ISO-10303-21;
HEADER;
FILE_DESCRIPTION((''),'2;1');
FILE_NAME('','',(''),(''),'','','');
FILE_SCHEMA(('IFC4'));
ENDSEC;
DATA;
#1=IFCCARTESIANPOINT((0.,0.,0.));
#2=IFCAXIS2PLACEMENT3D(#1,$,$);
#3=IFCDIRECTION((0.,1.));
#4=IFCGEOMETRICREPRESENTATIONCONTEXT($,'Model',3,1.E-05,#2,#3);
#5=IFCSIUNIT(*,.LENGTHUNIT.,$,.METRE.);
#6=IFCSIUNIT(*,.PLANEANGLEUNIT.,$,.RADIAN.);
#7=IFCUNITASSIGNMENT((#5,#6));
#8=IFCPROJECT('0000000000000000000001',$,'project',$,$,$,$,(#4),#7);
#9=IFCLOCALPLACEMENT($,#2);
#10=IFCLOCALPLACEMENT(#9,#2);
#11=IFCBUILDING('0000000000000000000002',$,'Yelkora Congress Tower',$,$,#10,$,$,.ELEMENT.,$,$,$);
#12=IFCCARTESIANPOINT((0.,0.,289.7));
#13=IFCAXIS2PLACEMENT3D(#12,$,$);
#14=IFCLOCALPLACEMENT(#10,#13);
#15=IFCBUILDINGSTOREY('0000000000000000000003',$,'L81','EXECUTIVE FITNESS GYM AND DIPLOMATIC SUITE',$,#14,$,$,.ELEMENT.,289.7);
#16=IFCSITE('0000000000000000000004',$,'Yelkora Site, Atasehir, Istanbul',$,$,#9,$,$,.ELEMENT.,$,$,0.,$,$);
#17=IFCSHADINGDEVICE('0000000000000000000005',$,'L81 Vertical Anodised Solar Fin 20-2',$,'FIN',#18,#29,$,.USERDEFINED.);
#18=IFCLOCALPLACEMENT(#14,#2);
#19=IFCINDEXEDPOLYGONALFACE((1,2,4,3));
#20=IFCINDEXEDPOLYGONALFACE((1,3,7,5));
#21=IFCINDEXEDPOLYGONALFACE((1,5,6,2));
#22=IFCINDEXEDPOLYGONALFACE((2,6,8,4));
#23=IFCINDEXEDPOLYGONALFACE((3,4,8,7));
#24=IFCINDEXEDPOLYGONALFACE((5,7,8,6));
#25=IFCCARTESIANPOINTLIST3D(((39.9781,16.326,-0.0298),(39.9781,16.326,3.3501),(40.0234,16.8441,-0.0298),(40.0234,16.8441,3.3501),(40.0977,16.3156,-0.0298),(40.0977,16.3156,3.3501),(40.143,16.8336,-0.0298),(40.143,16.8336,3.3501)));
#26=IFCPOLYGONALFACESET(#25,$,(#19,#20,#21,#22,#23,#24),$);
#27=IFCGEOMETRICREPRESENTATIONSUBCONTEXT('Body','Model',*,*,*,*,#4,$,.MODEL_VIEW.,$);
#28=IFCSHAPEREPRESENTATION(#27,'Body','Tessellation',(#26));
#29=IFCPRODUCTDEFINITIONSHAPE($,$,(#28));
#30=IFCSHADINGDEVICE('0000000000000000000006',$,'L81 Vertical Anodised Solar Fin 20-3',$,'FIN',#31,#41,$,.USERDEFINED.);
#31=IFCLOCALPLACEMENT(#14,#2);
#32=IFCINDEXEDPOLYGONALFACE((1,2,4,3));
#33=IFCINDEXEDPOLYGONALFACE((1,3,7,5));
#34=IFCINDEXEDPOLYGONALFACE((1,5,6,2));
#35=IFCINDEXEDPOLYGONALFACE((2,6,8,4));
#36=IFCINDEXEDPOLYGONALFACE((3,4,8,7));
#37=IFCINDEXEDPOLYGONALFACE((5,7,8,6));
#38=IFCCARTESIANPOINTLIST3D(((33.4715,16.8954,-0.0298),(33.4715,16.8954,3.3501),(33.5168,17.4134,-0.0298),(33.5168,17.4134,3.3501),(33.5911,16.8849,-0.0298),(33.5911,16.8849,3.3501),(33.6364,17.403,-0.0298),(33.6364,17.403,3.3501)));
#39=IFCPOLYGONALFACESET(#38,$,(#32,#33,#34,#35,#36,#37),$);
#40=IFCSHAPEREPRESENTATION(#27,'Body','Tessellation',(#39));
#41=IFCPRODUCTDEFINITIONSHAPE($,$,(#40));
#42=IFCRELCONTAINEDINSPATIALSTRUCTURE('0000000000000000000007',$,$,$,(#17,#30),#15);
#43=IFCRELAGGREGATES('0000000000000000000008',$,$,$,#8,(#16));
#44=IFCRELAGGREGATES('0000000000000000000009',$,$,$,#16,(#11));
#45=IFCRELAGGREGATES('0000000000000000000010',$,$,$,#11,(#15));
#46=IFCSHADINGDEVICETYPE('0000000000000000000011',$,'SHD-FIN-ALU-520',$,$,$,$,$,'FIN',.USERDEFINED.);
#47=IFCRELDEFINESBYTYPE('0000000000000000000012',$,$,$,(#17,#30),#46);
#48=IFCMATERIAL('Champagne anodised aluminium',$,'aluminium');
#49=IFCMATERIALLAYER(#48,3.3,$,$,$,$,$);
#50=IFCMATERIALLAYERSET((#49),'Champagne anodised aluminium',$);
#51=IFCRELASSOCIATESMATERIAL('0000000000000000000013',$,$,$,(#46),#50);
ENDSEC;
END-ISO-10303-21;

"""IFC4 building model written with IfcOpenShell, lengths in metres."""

from ifc_helpers import new_model, si_unit, direction, frame, origin, origin_2d, place, context, subcontext, project, spatial, rectangle, extrude, material, layer, layer_set, type_object, element, save


model = new_model("IFC4")

# Units and contexts
model_context = context("Model", 3, precision=1e-05, world=origin(), true_north=direction((0.0, 1.0)))
body_context = subcontext(model_context, "Body", "Model", "MODEL_VIEW")
ifc_project = project(units=[si_unit("LENGTHUNIT", "METRE"), si_unit("PLANEANGLEUNIT", "RADIAN")], contexts=[model_context])

# Site, building, storey
site_placement = place(None, origin())
site = spatial("IfcSite", under=ifc_project, at=site_placement, Name="Yelkora Site, Atasehir, Istanbul", CompositionType="ELEMENT", RefElevation=0.0)
building_placement = place(site_placement, origin())
building = spatial("IfcBuilding", under=site, at=building_placement, Name="Yelkora Congress Tower", CompositionType="ELEMENT")
storey_placement = place(building_placement, frame((0.0, 0.0, 289.7)))
storey = spatial("IfcBuildingStorey", under=building, at=storey_placement, Name="L81", Description="EXECUTIVE FITNESS GYM AND DIPLOMATIC SUITE", CompositionType="ELEMENT", Elevation=289.7)

# Shading devices
ifc_material_1 = material(Name="Champagne anodised aluminium", Category="aluminium")
ifc_layer_1 = layer(ifc_material_1, 3.3)
ifc_layer_set_1 = layer_set([ifc_layer_1], Name="Champagne anodised aluminium")
shading_device_type = type_object("IfcShadingDeviceType", Name="SHD-FIN-ALU-520", ElementType="FIN", PredefinedType="USERDEFINED", material=ifc_layer_set_1)
for number, where, z_axis, x_axis, name in (
    (1, (40.0605, 16.5798, -0.0298), (0.0, 0.0, 1.0), (-0.996195, 0.087156, 0.0), "L81 Vertical Anodised Solar Fin 20-2"),
    (2, (33.554, 17.1492, -0.0298), (0.0, 0.0, 1.0), (-0.996195, 0.087156, 0.0), "L81 Vertical Anodised Solar Fin 20-3"),
):
    element("IfcShadingDevice", number, at=place(storey_placement, frame(where, z_axis=z_axis, x_axis=x_axis)), inside=storey, type_object=shading_device_type, Name=name, ObjectType="FIN", PredefinedType="USERDEFINED", context=body_context, shape_type="SweptSolid", body=[
        extrude(rectangle(XDim=0.1201, YDim=0.52, at=origin_2d()), origin(), (0.0, 0.0, 1.0), 3.3799),
    ])

save(model, "model.ifc")
